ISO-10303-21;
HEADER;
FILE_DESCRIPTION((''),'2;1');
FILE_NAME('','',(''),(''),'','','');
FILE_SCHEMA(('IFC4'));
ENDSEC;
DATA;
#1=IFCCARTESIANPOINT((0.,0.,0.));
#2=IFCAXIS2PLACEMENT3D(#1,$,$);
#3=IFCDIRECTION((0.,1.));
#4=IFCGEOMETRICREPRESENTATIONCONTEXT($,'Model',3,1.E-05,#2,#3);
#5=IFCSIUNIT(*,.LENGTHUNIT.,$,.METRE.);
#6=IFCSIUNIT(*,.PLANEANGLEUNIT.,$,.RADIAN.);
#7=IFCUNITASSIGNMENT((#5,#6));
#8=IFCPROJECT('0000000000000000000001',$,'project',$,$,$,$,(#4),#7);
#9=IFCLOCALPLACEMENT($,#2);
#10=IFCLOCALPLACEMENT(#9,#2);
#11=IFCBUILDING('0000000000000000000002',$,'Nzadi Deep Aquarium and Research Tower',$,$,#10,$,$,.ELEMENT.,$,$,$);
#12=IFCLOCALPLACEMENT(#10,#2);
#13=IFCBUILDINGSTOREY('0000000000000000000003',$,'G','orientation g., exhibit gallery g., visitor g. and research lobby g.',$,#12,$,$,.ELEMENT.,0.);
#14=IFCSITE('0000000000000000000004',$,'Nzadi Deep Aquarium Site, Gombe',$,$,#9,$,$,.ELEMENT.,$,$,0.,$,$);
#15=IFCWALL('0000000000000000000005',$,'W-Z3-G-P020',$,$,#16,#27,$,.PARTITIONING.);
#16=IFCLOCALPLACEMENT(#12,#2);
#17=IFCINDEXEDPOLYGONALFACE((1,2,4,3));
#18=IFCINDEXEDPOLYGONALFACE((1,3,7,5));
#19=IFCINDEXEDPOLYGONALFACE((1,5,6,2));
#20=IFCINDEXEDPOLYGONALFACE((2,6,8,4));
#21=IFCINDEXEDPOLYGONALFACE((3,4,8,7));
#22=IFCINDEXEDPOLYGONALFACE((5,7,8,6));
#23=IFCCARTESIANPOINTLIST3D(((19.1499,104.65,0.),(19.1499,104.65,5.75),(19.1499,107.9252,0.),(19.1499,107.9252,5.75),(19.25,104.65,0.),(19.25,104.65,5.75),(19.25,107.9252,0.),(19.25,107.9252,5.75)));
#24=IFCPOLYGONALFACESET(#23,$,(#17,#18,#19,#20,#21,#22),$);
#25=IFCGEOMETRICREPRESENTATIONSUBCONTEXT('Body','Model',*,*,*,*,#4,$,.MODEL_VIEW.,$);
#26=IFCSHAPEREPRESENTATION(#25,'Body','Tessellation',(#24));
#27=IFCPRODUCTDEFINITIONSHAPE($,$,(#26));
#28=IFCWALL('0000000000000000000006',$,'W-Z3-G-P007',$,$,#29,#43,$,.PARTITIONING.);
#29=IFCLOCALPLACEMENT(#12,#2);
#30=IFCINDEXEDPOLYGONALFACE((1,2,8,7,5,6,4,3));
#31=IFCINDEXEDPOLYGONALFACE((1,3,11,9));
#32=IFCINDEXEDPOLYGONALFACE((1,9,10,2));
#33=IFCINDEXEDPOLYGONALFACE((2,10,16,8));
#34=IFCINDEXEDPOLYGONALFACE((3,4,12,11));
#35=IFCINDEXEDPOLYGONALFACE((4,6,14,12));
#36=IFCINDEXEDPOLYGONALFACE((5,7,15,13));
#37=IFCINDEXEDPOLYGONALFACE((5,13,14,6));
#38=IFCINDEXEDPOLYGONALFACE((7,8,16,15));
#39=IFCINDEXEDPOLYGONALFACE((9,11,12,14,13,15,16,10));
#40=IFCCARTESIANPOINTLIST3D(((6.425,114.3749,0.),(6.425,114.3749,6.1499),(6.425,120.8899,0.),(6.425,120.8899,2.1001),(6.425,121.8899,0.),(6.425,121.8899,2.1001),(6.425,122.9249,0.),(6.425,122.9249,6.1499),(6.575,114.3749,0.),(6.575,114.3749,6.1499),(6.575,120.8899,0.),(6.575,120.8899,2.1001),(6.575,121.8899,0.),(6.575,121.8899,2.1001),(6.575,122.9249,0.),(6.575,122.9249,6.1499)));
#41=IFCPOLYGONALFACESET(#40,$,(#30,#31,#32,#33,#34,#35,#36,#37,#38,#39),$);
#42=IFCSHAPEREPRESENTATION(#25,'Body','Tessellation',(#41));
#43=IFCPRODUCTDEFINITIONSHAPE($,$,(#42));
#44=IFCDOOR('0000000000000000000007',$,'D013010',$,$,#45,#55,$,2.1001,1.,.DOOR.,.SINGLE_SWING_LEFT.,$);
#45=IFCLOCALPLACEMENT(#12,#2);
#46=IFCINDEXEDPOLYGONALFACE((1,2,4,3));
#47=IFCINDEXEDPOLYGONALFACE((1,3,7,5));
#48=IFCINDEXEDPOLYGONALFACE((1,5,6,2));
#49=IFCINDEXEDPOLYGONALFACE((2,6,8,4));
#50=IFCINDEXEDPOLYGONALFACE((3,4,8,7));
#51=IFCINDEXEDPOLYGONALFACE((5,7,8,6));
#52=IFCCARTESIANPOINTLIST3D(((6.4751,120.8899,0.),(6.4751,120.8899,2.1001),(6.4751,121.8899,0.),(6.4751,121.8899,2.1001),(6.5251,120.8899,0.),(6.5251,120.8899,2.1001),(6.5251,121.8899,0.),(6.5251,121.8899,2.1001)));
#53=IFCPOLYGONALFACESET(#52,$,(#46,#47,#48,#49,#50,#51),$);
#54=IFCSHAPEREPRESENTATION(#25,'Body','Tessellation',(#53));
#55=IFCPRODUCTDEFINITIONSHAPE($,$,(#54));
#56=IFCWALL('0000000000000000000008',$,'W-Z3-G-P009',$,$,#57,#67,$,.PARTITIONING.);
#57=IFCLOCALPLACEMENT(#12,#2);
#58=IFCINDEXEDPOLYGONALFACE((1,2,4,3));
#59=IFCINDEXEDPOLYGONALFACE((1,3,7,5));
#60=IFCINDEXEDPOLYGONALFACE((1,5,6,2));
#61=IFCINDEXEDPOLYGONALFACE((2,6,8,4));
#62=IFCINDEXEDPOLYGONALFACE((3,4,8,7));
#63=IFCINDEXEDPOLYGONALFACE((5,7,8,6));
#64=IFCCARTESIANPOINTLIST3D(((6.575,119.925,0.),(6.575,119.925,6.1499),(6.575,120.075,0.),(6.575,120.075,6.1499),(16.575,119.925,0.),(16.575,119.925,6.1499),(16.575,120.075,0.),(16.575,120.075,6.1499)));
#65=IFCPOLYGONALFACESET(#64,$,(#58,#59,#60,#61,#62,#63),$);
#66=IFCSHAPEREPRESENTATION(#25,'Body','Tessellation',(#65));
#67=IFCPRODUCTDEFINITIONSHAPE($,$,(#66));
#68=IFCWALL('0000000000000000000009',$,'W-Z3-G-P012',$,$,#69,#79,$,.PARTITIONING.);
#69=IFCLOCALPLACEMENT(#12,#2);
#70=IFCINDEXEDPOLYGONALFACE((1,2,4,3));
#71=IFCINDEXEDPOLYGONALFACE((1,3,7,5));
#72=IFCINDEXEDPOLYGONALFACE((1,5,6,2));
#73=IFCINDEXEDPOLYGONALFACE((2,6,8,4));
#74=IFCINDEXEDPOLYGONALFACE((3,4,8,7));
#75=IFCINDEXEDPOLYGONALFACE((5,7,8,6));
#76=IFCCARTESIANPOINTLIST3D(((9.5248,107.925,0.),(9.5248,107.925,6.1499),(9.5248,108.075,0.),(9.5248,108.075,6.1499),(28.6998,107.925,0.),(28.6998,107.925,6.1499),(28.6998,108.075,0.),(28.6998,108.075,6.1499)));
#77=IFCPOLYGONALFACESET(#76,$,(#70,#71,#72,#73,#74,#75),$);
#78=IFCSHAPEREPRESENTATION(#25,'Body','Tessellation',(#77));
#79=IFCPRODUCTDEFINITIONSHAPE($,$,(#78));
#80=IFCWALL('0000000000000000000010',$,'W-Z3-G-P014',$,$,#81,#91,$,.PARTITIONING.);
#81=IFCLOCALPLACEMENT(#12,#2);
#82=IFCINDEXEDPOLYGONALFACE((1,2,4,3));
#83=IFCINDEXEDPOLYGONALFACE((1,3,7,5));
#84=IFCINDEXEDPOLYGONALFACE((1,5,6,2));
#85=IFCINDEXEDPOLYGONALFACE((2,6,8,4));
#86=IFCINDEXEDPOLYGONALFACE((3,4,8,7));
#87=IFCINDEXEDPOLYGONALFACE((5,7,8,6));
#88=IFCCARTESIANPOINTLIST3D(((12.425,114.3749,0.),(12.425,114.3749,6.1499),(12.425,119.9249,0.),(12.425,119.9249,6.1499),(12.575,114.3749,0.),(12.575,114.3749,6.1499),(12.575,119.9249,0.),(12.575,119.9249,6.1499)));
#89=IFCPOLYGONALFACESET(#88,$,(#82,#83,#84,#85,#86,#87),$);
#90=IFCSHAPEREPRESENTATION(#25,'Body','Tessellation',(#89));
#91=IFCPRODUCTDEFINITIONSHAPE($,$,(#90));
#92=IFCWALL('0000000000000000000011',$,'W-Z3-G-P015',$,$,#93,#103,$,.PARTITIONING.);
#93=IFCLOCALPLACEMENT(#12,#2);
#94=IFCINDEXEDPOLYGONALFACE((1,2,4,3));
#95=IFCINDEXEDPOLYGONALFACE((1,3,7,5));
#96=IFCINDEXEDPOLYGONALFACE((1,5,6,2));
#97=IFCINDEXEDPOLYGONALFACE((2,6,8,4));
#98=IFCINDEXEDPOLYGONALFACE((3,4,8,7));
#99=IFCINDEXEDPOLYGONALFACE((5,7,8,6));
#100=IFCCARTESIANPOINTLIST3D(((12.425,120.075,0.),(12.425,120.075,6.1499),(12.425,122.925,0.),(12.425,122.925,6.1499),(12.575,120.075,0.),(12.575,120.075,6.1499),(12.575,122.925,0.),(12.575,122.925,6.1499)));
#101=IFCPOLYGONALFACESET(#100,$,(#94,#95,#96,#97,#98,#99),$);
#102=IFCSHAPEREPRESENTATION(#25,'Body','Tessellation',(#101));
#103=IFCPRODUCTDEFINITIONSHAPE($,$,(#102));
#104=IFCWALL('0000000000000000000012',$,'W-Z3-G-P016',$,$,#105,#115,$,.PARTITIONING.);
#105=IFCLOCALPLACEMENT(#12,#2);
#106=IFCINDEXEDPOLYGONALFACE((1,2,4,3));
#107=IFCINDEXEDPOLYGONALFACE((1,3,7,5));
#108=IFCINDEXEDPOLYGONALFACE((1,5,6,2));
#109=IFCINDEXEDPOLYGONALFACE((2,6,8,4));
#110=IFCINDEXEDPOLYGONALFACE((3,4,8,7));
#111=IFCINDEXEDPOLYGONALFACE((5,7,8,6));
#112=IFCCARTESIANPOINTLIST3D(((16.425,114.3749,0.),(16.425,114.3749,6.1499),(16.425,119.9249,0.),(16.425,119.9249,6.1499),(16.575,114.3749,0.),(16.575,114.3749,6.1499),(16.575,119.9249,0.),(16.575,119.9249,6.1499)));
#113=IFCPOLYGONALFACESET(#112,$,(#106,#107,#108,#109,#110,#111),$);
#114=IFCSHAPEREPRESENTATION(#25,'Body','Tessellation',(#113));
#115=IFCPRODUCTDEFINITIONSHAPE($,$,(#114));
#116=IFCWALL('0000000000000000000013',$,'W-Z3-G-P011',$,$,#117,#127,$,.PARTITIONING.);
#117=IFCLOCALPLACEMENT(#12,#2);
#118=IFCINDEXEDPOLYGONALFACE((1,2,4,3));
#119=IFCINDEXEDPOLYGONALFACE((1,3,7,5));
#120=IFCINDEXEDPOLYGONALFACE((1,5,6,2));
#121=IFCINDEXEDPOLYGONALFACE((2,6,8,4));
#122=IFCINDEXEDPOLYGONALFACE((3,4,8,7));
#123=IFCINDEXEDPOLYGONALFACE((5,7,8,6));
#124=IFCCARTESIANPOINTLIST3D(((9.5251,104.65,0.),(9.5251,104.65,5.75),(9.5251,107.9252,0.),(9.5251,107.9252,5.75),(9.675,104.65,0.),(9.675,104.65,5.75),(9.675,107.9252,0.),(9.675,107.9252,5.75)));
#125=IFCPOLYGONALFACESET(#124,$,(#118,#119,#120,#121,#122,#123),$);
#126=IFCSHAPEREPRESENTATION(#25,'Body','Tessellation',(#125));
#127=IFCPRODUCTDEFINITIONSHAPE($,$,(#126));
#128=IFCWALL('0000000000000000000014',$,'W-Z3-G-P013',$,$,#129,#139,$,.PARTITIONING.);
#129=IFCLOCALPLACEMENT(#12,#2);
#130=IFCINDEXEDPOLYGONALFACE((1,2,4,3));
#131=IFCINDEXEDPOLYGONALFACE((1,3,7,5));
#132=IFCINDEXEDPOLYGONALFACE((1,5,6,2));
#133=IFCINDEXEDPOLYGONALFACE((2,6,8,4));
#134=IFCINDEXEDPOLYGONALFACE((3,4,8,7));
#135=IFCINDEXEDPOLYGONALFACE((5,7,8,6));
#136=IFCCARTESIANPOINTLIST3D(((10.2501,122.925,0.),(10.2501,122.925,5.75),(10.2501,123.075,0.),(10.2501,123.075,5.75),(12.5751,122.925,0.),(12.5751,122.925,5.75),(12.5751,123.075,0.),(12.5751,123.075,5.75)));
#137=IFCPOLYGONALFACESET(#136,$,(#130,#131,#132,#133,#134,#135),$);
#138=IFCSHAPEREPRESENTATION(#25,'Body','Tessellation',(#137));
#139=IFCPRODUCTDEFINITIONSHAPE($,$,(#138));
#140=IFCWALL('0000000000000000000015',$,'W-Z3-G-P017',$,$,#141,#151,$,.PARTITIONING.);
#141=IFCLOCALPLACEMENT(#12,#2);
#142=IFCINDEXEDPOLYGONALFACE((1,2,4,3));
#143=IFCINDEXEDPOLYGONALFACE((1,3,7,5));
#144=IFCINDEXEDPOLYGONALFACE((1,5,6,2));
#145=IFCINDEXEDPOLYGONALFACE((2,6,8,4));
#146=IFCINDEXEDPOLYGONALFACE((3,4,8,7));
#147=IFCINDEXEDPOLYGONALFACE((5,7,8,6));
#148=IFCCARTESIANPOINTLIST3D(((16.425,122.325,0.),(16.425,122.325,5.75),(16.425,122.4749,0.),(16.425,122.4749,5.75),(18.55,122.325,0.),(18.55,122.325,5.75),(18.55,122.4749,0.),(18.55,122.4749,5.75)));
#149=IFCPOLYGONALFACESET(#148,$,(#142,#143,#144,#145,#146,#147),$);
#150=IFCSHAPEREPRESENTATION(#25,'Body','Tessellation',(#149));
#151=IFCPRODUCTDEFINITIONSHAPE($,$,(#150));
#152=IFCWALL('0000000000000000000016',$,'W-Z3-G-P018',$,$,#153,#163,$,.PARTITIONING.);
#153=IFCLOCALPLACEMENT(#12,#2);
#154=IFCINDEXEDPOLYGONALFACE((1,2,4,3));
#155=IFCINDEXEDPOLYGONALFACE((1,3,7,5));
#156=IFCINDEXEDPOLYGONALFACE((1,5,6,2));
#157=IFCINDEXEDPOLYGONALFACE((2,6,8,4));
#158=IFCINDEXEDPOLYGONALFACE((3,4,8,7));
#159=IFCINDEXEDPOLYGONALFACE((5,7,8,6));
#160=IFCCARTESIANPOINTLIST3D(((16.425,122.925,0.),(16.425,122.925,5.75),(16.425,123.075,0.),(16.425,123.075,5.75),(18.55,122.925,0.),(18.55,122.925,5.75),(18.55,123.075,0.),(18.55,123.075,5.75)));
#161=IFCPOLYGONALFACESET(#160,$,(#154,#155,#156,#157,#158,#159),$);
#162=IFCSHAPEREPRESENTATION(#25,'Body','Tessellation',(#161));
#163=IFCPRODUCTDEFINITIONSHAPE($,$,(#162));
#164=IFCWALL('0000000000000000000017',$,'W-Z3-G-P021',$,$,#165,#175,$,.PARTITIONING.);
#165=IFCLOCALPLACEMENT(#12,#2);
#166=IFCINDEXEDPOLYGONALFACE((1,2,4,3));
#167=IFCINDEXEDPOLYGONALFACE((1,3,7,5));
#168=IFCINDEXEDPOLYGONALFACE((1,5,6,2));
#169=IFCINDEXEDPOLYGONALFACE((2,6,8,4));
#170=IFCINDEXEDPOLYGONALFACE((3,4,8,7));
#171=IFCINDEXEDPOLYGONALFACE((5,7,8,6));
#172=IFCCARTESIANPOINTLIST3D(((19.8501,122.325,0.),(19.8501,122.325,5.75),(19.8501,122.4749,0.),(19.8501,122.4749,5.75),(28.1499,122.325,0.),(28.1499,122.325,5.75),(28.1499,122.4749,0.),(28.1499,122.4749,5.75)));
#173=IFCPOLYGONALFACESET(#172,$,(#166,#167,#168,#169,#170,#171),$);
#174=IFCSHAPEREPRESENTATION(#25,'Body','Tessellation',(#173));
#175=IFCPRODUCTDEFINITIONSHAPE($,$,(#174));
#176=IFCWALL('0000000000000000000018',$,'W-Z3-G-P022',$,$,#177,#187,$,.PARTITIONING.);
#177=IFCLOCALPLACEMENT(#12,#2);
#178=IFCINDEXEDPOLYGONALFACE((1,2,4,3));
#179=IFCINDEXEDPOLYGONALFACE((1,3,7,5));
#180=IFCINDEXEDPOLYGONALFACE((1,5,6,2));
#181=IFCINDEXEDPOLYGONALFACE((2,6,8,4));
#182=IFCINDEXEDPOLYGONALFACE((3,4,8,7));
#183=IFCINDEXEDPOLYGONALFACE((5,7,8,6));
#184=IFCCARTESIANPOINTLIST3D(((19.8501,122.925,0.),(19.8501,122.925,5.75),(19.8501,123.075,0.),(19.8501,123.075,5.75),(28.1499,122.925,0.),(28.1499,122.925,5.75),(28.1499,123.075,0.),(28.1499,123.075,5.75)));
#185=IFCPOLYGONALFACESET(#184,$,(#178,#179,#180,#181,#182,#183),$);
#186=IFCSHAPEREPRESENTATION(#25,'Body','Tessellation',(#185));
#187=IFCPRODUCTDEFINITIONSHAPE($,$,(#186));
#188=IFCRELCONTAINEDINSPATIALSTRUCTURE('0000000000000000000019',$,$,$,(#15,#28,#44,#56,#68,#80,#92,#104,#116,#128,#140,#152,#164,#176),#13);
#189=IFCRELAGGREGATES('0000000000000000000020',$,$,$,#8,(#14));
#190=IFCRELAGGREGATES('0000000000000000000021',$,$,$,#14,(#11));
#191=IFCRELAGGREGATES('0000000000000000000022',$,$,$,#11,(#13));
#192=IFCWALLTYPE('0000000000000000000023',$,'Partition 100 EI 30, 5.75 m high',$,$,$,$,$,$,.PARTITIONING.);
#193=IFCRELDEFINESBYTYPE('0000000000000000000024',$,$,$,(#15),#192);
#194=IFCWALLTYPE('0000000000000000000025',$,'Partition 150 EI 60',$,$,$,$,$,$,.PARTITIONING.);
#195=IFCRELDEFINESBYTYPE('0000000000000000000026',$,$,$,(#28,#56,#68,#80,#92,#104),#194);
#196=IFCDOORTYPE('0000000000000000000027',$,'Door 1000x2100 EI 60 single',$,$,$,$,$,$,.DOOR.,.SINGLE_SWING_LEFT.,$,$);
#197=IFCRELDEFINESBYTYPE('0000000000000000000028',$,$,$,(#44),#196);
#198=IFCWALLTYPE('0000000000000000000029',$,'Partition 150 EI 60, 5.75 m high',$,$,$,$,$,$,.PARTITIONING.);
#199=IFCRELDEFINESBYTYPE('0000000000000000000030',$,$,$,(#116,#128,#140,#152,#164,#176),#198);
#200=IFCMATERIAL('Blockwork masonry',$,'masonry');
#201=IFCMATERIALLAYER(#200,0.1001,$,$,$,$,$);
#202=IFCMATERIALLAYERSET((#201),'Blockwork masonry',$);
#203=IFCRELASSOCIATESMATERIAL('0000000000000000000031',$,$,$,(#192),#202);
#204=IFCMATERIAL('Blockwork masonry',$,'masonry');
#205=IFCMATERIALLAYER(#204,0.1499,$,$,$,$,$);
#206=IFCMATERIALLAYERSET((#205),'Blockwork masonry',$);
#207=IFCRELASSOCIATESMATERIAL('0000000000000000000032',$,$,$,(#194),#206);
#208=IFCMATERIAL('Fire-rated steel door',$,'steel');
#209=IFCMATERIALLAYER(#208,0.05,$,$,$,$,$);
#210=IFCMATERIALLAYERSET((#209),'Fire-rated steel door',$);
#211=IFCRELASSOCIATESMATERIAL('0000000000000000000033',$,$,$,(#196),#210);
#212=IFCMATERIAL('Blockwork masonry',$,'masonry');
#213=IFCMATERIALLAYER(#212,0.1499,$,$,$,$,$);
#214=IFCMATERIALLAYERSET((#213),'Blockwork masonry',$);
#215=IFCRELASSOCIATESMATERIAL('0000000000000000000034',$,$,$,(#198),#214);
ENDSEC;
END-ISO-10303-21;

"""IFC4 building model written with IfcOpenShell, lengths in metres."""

from ifc_helpers import new_model, si_unit, direction, frame, frame_2d, origin, place, context, subcontext, project, spatial, rectangle, extrude, material, layer, layer_set, type_object, element, fill, save


model = new_model("IFC4")

# Units and contexts
model_context = context("Model", 3, precision=1e-05, world=origin(), true_north=direction((0.0, 1.0)))
body_context = subcontext(model_context, "Body", "Model", "MODEL_VIEW")
ifc_project = project(units=[si_unit("LENGTHUNIT", "METRE"), si_unit("PLANEANGLEUNIT", "RADIAN")], contexts=[model_context])

# Site, building, storey
site_placement = place(None, origin())
site = spatial("IfcSite", under=ifc_project, at=site_placement, Name="Nzadi Deep Aquarium Site, Gombe", CompositionType="ELEMENT", RefElevation=0.0)
building_placement = place(site_placement, origin())
building = spatial("IfcBuilding", under=site, at=building_placement, Name="Nzadi Deep Aquarium and Research Tower", CompositionType="ELEMENT")
storey_placement = place(building_placement, origin())
storey = spatial("IfcBuildingStorey", under=building, at=storey_placement, Name="G", Description="orientation g., exhibit gallery g., visitor g. and research lobby g.", CompositionType="ELEMENT", Elevation=0.0)

# Wall
ifc_material_1 = material(Name="Blockwork masonry", Category="masonry")
ifc_layer_1 = layer(ifc_material_1, 0.1001)
ifc_layer_set_1 = layer_set([ifc_layer_1], Name="Blockwork masonry")
wall_type_1 = type_object("IfcWallType", Name="Partition 100 EI 30, 5.75 m high", PredefinedType="PARTITIONING", material=ifc_layer_set_1)
wall_1_placement = place(storey_placement, frame((19.2, 104.6499, 0.0), z_axis=(0.0, 0.0, 1.0), x_axis=(0.0, 1.0, 0.0)))
element("IfcWall", 1, at=wall_1_placement, inside=storey, type_object=wall_type_1, Name="W-Z3-G-P020", PredefinedType="PARTITIONING", context=body_context, shape_type="SweptSolid", body=[
    extrude(rectangle(XDim=3.2751, YDim=0.1001, at=frame_2d((1.6377, 0.0))), origin(), (0.0, 0.0, 1.0), 5.75),
])

# Wall, opening, door
ifc_material_2 = material(Name="Blockwork masonry", Category="masonry")
ifc_layer_2 = layer(ifc_material_2, 0.1499)
ifc_layer_set_2 = layer_set([ifc_layer_2], Name="Blockwork masonry")
wall_type_2 = type_object("IfcWallType", Name="Partition 150 EI 60", PredefinedType="PARTITIONING", material=ifc_layer_set_2)
wall_2_placement = place(storey_placement, frame((6.5, 114.375, 0.0), z_axis=(0.0, 0.0, 1.0), x_axis=(0.0, 1.0, 0.0)))
wall_2 = element("IfcWall", 2, at=wall_2_placement, inside=storey, type_object=wall_type_2, Name="W-Z3-G-P007", PredefinedType="PARTITIONING", context=body_context, shape_type="SweptSolid", body=[
    extrude(rectangle(XDim=8.55, YDim=0.1499, at=frame_2d((4.2749, 0.0))), origin(), (0.0, 0.0, 1.0), 6.1499),
])
opening_placement = place(wall_2_placement, frame((6.5149, 0.0, 0.0)))
opening = element("IfcOpeningElement", 3, at=opening_placement, cuts=wall_2, PredefinedType="OPENING", context=body_context, shape_type="SweptSolid", body=[
    extrude(rectangle(XDim=1.0, YDim=2.1001, at=frame_2d((0.5, 1.05))), frame((0.0, 0.085, 0.0), z_axis=(0.0, -1.0, 0.0), x_axis=(1.0, 0.0, 0.0)), (0.0, 0.0, 1.0), 0.1699),
])
ifc_material_3 = material(Name="Fire-rated steel door", Category="steel")
ifc_layer_3 = layer(ifc_material_3, 0.05)
ifc_layer_set_3 = layer_set([ifc_layer_3], Name="Fire-rated steel door")
door_type = type_object("IfcDoorType", Name="Door 1000x2100 EI 60 single", OperationType="SINGLE_SWING_LEFT", PredefinedType="DOOR", material=ifc_layer_set_3)
door_placement = place(opening_placement, origin())
door = element("IfcDoor", 4, at=door_placement, inside=storey, type_object=door_type, Name="D013010", OperationType="SINGLE_SWING_LEFT", OverallHeight=2.1001, OverallWidth=1.0, PredefinedType="DOOR", context=body_context, shape_type="SweptSolid", body=[
    extrude(rectangle(XDim=1.0, YDim=2.1001, at=frame_2d((0.5, 1.05))), frame((0.0, 0.0249, 0.0), z_axis=(0.0, -1.0, 0.0), x_axis=(1.0, 0.0, 0.0)), (0.0, 0.0, 1.0), 0.05),
])
fill(opening, door)

# Walls
wall_3_placement = place(storey_placement, frame((6.575, 120.0, 0.0), z_axis=(0.0, 0.0, 1.0), x_axis=(1.0, 0.0, 0.0)))
element("IfcWall", 5, at=wall_3_placement, inside=storey, type_object=wall_type_2, Name="W-Z3-G-P009", PredefinedType="PARTITIONING", context=body_context, shape_type="SweptSolid", body=[
    extrude(rectangle(XDim=10.0, YDim=0.1499, at=frame_2d((5.0, 0.0))), origin(), (0.0, 0.0, 1.0), 6.1499),
])
wall_4_placement = place(storey_placement, frame((9.5249, 108.0, 0.0), z_axis=(0.0, 0.0, 1.0), x_axis=(1.0, 0.0, 0.0)))
element("IfcWall", 6, at=wall_4_placement, inside=storey, type_object=wall_type_2, Name="W-Z3-G-P012", PredefinedType="PARTITIONING", context=body_context, shape_type="SweptSolid", body=[
    extrude(rectangle(XDim=19.175, YDim=0.1499, at=frame_2d((9.5874, 0.0))), origin(), (0.0, 0.0, 1.0), 6.1499),
])
wall_5_placement = place(storey_placement, frame((12.5, 114.375, 0.0), z_axis=(0.0, 0.0, 1.0), x_axis=(0.0, 1.0, 0.0)))
element("IfcWall", 7, at=wall_5_placement, inside=storey, type_object=wall_type_2, Name="W-Z3-G-P014", PredefinedType="PARTITIONING", context=body_context, shape_type="SweptSolid", body=[
    extrude(rectangle(XDim=5.55, YDim=0.1499, at=frame_2d((2.7749, 0.0))), origin(), (0.0, 0.0, 1.0), 6.1499),
])
wall_6_placement = place(storey_placement, frame((12.5, 120.075, 0.0), z_axis=(0.0, 0.0, 1.0), x_axis=(0.0, 1.0, 0.0)))
element("IfcWall", 8, at=wall_6_placement, inside=storey, type_object=wall_type_2, Name="W-Z3-G-P015", PredefinedType="PARTITIONING", context=body_context, shape_type="SweptSolid", body=[
    extrude(rectangle(XDim=2.8501, YDim=0.1499, at=frame_2d((1.425, 0.0))), origin(), (0.0, 0.0, 1.0), 6.1499),
])
wall_7_placement = place(storey_placement, frame((16.5, 114.375, 0.0), z_axis=(0.0, 0.0, 1.0), x_axis=(0.0, 1.0, 0.0)))
element("IfcWall", 9, at=wall_7_placement, inside=storey, type_object=wall_type_2, Name="W-Z3-G-P016", PredefinedType="PARTITIONING", context=body_context, shape_type="SweptSolid", body=[
    extrude(rectangle(XDim=5.55, YDim=0.1499, at=frame_2d((2.7749, 0.0))), origin(), (0.0, 0.0, 1.0), 6.1499),
])
ifc_material_4 = material(Name="Blockwork masonry", Category="masonry")
ifc_layer_4 = layer(ifc_material_4, 0.1499)
ifc_layer_set_4 = layer_set([ifc_layer_4], Name="Blockwork masonry")
wall_type_3 = type_object("IfcWallType", Name="Partition 150 EI 60, 5.75 m high", PredefinedType="PARTITIONING", material=ifc_layer_set_4)
wall_8_placement = place(storey_placement, frame((9.6001, 104.6499, 0.0), z_axis=(0.0, 0.0, 1.0), x_axis=(0.0, 1.0, 0.0)))
element("IfcWall", 10, at=wall_8_placement, inside=storey, type_object=wall_type_3, Name="W-Z3-G-P011", PredefinedType="PARTITIONING", context=body_context, shape_type="SweptSolid", body=[
    extrude(rectangle(XDim=3.2751, YDim=0.1499, at=frame_2d((1.6377, 0.0))), origin(), (0.0, 0.0, 1.0), 5.75),
])
wall_9_placement = place(storey_placement, frame((10.25, 123.0, 0.0), z_axis=(0.0, 0.0, 1.0), x_axis=(1.0, 0.0, 0.0)))
element("IfcWall", 11, at=wall_9_placement, inside=storey, type_object=wall_type_3, Name="W-Z3-G-P013", PredefinedType="PARTITIONING", context=body_context, shape_type="SweptSolid", body=[
    extrude(rectangle(XDim=2.325, YDim=0.1499, at=frame_2d((1.1626, 0.0))), origin(), (0.0, 0.0, 1.0), 5.75),
])
for number, where, z_axis, x_axis, name in (
    (12, (16.425, 122.3999, 0.0), (0.0, 0.0, 1.0), (1.0, 0.0, 0.0), "W-Z3-G-P017"),
    (13, (16.425, 123.0, 0.0), (0.0, 0.0, 1.0), (1.0, 0.0, 0.0), "W-Z3-G-P018"),
):
    element("IfcWall", number, at=place(storey_placement, frame(where, z_axis=z_axis, x_axis=x_axis)), inside=storey, type_object=wall_type_3, Name=name, PredefinedType="PARTITIONING", context=body_context, shape_type="SweptSolid", body=[
        extrude(rectangle(XDim=2.125, YDim=0.1499, at=frame_2d((1.0625, 0.0))), origin(), (0.0, 0.0, 1.0), 5.75),
    ])
for number, where, z_axis, x_axis, name in (
    (14, (19.8501, 122.3999, 0.0), (0.0, 0.0, 1.0), (1.0, 0.0, 0.0), "W-Z3-G-P021"),
    (15, (19.8501, 123.0, 0.0), (0.0, 0.0, 1.0), (1.0, 0.0, 0.0), "W-Z3-G-P022"),
):
    element("IfcWall", number, at=place(storey_placement, frame(where, z_axis=z_axis, x_axis=x_axis)), inside=storey, type_object=wall_type_3, Name=name, PredefinedType="PARTITIONING", context=body_context, shape_type="SweptSolid", body=[
        extrude(rectangle(XDim=8.2998, YDim=0.1499, at=frame_2d((4.1499, 0.0))), origin(), (0.0, 0.0, 1.0), 5.75),
    ])

save(model, "model.ifc")
